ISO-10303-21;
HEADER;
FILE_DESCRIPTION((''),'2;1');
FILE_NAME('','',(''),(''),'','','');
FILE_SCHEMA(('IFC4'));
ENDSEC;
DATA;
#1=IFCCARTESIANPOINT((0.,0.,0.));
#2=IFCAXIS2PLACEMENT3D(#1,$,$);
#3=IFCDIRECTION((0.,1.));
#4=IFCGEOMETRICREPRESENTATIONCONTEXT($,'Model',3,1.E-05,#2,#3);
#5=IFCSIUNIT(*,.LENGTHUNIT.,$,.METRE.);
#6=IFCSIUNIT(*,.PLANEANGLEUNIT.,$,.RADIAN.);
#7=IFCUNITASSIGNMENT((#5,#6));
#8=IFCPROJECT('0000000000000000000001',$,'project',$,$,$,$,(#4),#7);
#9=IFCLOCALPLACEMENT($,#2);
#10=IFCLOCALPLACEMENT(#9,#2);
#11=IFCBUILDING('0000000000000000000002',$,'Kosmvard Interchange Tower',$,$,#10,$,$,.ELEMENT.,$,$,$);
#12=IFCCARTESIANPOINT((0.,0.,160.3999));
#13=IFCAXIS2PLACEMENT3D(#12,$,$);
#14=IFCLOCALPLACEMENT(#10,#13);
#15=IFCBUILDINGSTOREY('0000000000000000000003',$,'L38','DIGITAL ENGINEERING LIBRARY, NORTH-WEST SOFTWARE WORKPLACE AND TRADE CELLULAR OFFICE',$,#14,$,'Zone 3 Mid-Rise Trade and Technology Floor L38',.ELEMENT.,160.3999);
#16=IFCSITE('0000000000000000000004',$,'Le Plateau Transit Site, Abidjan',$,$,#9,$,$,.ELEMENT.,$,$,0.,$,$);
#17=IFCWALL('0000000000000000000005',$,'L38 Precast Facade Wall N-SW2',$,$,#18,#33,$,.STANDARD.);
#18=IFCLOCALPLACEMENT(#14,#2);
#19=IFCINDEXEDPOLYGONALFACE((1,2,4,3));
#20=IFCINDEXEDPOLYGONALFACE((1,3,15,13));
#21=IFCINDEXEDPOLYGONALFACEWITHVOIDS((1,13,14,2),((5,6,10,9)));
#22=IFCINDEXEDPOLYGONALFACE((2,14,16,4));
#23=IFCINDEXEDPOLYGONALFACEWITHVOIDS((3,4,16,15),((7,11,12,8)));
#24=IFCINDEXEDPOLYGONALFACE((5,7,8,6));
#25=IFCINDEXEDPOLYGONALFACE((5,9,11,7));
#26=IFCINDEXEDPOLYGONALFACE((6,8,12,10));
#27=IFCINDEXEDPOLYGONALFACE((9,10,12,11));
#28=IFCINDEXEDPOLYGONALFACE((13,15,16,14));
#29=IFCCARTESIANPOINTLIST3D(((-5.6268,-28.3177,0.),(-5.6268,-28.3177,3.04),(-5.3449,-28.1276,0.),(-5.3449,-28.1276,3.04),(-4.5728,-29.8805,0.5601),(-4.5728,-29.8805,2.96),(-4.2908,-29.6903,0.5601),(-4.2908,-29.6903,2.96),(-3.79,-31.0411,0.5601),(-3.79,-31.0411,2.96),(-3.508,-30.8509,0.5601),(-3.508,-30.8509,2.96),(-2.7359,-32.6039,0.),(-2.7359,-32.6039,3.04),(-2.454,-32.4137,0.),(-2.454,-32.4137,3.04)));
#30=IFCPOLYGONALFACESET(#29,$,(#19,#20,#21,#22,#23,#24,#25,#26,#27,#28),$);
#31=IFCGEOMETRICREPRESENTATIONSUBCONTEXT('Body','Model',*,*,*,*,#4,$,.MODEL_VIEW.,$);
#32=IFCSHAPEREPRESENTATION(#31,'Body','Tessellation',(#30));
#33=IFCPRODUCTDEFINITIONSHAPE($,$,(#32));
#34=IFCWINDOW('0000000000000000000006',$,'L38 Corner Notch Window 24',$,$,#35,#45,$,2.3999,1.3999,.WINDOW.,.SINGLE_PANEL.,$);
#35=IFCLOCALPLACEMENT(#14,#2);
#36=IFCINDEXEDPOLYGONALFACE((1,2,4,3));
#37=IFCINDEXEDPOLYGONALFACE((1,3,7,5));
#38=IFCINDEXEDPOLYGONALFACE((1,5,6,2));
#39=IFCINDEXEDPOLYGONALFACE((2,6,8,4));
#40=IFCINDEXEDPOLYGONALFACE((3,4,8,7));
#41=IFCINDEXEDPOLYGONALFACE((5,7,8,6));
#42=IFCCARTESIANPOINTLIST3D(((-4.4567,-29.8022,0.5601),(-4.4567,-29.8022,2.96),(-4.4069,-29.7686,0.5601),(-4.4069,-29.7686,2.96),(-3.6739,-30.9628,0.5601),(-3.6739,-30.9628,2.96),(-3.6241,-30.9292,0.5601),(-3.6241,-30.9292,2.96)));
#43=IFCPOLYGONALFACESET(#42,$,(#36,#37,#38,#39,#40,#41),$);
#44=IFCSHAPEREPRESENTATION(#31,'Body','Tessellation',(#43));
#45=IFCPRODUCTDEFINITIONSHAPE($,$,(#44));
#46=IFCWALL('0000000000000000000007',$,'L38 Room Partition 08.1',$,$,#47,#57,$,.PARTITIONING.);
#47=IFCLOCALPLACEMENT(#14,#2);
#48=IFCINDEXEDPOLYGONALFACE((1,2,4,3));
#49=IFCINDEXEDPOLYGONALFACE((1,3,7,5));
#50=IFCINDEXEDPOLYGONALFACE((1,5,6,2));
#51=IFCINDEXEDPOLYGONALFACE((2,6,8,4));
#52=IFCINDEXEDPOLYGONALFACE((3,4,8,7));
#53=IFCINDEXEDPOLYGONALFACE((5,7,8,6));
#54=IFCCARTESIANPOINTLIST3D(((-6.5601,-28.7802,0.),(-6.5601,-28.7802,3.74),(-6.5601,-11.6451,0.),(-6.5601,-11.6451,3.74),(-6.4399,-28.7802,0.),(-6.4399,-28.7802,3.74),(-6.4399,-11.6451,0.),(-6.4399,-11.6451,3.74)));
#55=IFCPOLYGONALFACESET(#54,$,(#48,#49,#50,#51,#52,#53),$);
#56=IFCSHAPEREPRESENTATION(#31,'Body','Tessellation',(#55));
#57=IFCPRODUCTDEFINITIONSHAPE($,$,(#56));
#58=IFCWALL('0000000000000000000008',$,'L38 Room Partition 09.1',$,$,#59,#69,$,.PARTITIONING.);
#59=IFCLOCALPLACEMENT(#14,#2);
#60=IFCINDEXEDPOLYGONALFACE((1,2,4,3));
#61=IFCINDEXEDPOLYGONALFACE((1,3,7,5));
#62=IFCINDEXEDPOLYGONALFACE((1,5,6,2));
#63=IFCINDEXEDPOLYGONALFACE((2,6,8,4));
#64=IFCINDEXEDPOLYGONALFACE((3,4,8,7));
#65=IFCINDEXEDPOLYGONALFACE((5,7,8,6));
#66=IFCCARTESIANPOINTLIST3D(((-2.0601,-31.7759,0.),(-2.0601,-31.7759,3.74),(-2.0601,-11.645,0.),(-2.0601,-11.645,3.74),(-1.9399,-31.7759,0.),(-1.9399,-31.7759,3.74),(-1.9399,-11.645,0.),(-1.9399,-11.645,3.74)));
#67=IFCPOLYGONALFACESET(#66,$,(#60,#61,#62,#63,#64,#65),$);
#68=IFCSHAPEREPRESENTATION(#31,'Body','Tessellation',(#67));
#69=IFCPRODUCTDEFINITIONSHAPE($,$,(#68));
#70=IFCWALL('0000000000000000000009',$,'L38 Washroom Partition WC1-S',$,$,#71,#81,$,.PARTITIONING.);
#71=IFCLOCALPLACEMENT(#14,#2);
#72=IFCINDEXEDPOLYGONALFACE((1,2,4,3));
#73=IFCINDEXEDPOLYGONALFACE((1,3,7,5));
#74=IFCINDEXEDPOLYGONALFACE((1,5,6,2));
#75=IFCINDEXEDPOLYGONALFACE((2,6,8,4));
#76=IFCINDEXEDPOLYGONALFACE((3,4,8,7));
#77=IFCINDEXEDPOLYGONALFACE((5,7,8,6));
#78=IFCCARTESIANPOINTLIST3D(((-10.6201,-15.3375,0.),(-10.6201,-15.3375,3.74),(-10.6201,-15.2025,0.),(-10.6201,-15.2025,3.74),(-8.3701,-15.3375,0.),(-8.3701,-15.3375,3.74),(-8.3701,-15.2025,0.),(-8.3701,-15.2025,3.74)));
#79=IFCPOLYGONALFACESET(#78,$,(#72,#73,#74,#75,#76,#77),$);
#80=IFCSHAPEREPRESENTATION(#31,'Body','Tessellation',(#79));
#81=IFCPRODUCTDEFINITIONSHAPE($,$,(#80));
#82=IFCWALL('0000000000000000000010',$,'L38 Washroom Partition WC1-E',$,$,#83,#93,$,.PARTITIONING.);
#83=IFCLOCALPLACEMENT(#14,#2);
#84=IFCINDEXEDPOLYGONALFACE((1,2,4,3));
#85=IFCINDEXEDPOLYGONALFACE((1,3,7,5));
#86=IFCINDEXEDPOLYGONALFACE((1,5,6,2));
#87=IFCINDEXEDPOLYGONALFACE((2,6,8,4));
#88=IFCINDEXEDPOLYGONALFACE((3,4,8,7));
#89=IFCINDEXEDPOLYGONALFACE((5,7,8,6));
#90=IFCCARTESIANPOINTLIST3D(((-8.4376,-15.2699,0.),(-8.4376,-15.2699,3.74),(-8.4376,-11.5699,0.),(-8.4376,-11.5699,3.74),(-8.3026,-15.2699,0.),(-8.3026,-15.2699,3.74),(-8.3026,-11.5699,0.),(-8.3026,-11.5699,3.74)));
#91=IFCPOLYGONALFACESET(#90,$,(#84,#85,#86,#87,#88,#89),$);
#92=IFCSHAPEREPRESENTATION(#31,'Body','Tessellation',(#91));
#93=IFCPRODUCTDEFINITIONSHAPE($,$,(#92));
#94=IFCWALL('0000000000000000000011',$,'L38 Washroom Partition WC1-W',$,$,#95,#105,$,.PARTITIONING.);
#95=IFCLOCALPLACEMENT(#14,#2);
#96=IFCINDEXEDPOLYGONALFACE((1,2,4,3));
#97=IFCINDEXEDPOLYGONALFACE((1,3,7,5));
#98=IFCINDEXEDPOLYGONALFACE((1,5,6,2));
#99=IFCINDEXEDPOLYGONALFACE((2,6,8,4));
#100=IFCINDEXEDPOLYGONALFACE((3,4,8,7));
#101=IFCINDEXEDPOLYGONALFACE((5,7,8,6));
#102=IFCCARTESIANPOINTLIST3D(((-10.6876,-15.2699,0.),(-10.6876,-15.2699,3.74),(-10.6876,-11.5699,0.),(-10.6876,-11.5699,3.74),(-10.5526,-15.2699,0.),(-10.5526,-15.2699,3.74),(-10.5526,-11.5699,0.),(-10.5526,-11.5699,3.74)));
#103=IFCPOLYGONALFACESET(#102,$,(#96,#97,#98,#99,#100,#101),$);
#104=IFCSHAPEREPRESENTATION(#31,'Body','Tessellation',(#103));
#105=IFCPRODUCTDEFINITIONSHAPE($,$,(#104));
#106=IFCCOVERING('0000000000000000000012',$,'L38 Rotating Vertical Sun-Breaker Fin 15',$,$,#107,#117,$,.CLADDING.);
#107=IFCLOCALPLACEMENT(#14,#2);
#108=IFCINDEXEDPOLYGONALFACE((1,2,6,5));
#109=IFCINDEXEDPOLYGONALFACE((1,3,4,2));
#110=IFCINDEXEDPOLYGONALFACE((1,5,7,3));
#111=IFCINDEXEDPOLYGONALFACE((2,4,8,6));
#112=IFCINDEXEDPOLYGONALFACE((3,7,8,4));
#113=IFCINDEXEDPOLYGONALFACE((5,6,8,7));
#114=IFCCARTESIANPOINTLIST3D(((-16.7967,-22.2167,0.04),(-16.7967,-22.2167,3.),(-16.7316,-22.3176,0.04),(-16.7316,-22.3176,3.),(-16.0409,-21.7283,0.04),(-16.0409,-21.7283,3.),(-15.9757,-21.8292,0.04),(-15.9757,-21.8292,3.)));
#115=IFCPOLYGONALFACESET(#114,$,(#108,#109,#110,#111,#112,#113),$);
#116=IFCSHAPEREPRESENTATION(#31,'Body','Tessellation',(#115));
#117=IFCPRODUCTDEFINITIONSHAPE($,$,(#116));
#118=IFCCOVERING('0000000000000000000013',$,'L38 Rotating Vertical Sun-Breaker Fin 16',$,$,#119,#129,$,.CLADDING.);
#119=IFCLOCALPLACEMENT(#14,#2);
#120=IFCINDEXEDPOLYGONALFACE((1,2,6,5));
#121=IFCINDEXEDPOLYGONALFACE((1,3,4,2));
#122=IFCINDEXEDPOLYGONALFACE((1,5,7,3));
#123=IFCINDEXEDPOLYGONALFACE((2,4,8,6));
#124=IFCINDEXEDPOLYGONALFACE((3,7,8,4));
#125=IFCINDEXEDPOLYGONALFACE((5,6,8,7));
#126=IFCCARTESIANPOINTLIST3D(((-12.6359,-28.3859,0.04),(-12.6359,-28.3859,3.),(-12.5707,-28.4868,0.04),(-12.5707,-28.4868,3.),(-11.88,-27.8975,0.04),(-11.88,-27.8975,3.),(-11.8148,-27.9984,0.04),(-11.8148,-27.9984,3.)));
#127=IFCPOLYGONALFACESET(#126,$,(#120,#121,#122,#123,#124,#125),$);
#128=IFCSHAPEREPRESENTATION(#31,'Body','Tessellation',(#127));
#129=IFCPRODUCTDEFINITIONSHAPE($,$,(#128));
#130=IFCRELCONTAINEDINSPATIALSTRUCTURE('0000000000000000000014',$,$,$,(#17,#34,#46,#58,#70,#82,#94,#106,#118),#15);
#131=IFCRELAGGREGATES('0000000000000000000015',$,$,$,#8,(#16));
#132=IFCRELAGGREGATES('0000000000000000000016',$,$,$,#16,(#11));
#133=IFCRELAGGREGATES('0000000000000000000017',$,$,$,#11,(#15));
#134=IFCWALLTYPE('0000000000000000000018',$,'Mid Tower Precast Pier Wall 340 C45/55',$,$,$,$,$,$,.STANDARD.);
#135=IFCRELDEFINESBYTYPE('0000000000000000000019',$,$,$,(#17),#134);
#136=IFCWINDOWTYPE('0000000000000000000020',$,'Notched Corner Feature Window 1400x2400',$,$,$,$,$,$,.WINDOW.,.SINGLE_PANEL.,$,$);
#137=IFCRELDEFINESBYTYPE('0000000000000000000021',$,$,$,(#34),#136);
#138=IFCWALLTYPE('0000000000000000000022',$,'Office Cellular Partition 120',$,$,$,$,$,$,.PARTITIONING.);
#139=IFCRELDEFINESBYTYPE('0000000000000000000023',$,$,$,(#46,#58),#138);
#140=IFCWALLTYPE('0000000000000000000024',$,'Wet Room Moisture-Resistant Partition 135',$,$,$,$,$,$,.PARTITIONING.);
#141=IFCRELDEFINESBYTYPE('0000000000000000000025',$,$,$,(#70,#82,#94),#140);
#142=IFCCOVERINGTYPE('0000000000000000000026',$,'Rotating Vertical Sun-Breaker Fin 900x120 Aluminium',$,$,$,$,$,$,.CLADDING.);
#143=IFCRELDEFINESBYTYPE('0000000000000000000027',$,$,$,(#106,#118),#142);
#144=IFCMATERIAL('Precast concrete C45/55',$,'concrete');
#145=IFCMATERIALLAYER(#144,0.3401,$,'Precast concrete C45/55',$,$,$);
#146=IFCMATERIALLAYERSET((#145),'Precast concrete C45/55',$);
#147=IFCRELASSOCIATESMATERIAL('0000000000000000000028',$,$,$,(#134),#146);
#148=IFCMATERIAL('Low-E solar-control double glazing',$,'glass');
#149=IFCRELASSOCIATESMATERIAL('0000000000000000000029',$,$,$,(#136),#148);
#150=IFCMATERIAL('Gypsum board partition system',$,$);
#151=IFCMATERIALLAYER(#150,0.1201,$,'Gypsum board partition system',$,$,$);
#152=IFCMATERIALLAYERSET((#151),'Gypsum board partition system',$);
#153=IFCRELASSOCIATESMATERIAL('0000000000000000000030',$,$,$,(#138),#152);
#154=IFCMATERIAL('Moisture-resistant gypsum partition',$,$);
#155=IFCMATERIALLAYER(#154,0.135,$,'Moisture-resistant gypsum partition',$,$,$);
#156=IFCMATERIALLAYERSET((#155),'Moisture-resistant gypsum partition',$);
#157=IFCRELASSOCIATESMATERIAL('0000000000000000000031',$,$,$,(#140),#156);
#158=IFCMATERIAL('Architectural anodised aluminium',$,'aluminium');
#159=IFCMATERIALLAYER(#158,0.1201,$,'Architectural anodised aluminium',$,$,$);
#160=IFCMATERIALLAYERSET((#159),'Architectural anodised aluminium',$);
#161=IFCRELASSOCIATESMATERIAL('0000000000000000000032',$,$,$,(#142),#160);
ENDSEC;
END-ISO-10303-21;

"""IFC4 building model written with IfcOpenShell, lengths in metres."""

from ifc_helpers import new_model, si_unit, direction, frame, frame_2d, origin, origin_2d, place, context, subcontext, project, spatial, rectangle, extrude, source, transform, mapped, material, layer, layer_set, type_object, element, fill, save


model = new_model("IFC4")

# Units and contexts
model_context = context("Model", 3, precision=1e-05, world=origin(), true_north=direction((0.0, 1.0)))
body_context = subcontext(model_context, "Body", "Model", "MODEL_VIEW")
ifc_project = project(units=[si_unit("LENGTHUNIT", "METRE"), si_unit("PLANEANGLEUNIT", "RADIAN")], contexts=[model_context])

# Site, building, storey
site_placement = place(None, origin())
site = spatial("IfcSite", under=ifc_project, at=site_placement, Name="Le Plateau Transit Site, Abidjan", CompositionType="ELEMENT", RefElevation=0.0)
building_placement = place(site_placement, origin())
building = spatial("IfcBuilding", under=site, at=building_placement, Name="Kosmvard Interchange Tower", CompositionType="ELEMENT")
storey_placement = place(building_placement, frame((0.0, 0.0, 160.3999)))
storey = spatial("IfcBuildingStorey", under=building, at=storey_placement, Name="L38", Description="DIGITAL ENGINEERING LIBRARY, NORTH-WEST SOFTWARE WORKPLACE AND TRADE CELLULAR OFFICE", LongName="Zone 3 Mid-Rise Trade and Technology Floor L38", CompositionType="ELEMENT", Elevation=160.3999)

# Shared definitions
ifc_material_1 = material(Name="Precast concrete C45/55", Category="concrete")

# Shared definitions
ifc_layer_1 = layer(ifc_material_1, 0.3401, Name="Precast concrete C45/55")
ifc_layer_set_1 = layer_set([ifc_layer_1], Name="Precast concrete C45/55")
wall_type_1 = type_object("IfcWallType", Name="Mid Tower Precast Pier Wall 340 C45/55", PredefinedType="STANDARD", material=ifc_layer_set_1)
ifc_material_2 = material(Name="Low-E solar-control double glazing", Category="glass")
window_type_1 = type_object("IfcWindowType", Name="Notched Corner Feature Window 1400x2400", PartitioningType="SINGLE_PANEL", PredefinedType="WINDOW", material=ifc_material_2)
shared_shape_1 = source(origin(), body_context, "Body", "SweptSolid", [
    extrude(rectangle(XDim=1.3999, YDim=2.3999, at=frame_2d((0.7, 1.2))), frame((0.0, 0.03, 0.0), z_axis=(0.0, -1.0, 0.0), x_axis=(1.0, 0.0, 0.0)), (0.0, 0.0, 1.0), 0.0601),
])

# Wall, opening, window
wall_1_placement = place(storey_placement, frame((-5.4858, -28.2227, 0.0), z_axis=(0.0, 0.0, 1.0), x_axis=(0.559171, -0.829052, 0.0)))
wall_1 = element("IfcWall", 1, at=wall_1_placement, inside=storey, type_object=wall_type_1, Name="L38 Precast Facade Wall N-SW2", PredefinedType="STANDARD", context=body_context, shape_type="SweptSolid", body=[
    extrude(rectangle(XDim=5.1699, YDim=0.3401, at=frame_2d((2.585, 0.0))), origin(), (0.0, 0.0, 1.0), 3.04),
])
opening_1_placement = place(wall_1_placement, frame((1.885, 0.0, 0.5601)))
opening_1 = element("IfcOpeningElement", 2, at=opening_1_placement, cuts=wall_1, PredefinedType="OPENING", context=body_context, shape_type="SweptSolid", body=[
    extrude(rectangle(XDim=1.3999, YDim=2.3999, at=frame_2d((0.7, 1.2))), frame((0.0, 0.1802, 0.0), z_axis=(0.0, -1.0, 0.0), x_axis=(1.0, 0.0, 0.0)), (0.0, 0.0, 1.0), 0.3601),
])
window_1_placement = place(opening_1_placement, origin())
window_1 = element("IfcWindow", 3, at=window_1_placement, inside=storey, type_object=window_type_1, Name="L38 Corner Notch Window 24", OverallHeight=2.3999, OverallWidth=1.3999, PartitioningType="SINGLE_PANEL", PredefinedType="WINDOW", context=body_context, shape_type="MappedRepresentation", body=[
    mapped(shared_shape_1, transform((0.0, 0.0, 0.0), scale=1.0)),
])
fill(opening_1, window_1)

# Walls
ifc_material_3 = material(Name="Gypsum board partition system")
ifc_layer_2 = layer(ifc_material_3, 0.1201, Name="Gypsum board partition system")
ifc_layer_set_2 = layer_set([ifc_layer_2], Name="Gypsum board partition system")
wall_type_2 = type_object("IfcWallType", Name="Office Cellular Partition 120", PredefinedType="PARTITIONING", material=ifc_layer_set_2)
wall_2_placement = place(storey_placement, frame((-6.5, -28.78, 0.0), z_axis=(0.0, 0.0, 1.0), x_axis=(0.0, 1.0, 0.0)))
element("IfcWall", 4, at=wall_2_placement, inside=storey, type_object=wall_type_2, Name="L38 Room Partition 08.1", PredefinedType="PARTITIONING", context=body_context, shape_type="SweptSolid", body=[
    extrude(rectangle(XDim=17.135, YDim=0.1201, at=frame_2d((8.5674, 0.0))), origin(), (0.0, 0.0, 1.0), 3.74),
])
wall_3_placement = place(storey_placement, frame((-2.0, -31.7759, 0.0), z_axis=(0.0, 0.0, 1.0), x_axis=(0.0, 1.0, 0.0)))
element("IfcWall", 5, at=wall_3_placement, inside=storey, type_object=wall_type_2, Name="L38 Room Partition 09.1", PredefinedType="PARTITIONING", context=body_context, shape_type="SweptSolid", body=[
    extrude(rectangle(XDim=20.1309, YDim=0.1201, at=frame_2d((10.0654, 0.0))), origin(), (0.0, 0.0, 1.0), 3.74),
])
ifc_material_4 = material(Name="Moisture-resistant gypsum partition")
ifc_layer_3 = layer(ifc_material_4, 0.135, Name="Moisture-resistant gypsum partition")
ifc_layer_set_3 = layer_set([ifc_layer_3], Name="Moisture-resistant gypsum partition")
wall_type_3 = type_object("IfcWallType", Name="Wet Room Moisture-Resistant Partition 135", PredefinedType="PARTITIONING", material=ifc_layer_set_3)
wall_4_placement = place(storey_placement, frame((-10.6201, -15.27, 0.0), z_axis=(0.0, 0.0, 1.0), x_axis=(1.0, 0.0, 0.0)))
element("IfcWall", 6, at=wall_4_placement, inside=storey, type_object=wall_type_3, Name="L38 Washroom Partition WC1-S", PredefinedType="PARTITIONING", context=body_context, shape_type="SweptSolid", body=[
    extrude(rectangle(XDim=2.25, YDim=0.135, at=frame_2d((1.125, 0.0))), origin(), (0.0, 0.0, 1.0), 3.74),
])
for number, where, z_axis, x_axis, name in (
    (7, (-8.3701, -15.27, 0.0), (0.0, 0.0, 1.0), (0.0, 1.0, 0.0), "L38 Washroom Partition WC1-E"),
    (8, (-10.6201, -15.27, 0.0), (0.0, 0.0, 1.0), (0.0, 1.0, 0.0), "L38 Washroom Partition WC1-W"),
):
    element("IfcWall", number, at=place(storey_placement, frame(where, z_axis=z_axis, x_axis=x_axis)), inside=storey, type_object=wall_type_3, Name=name, PredefinedType="PARTITIONING", context=body_context, shape_type="SweptSolid", body=[
        extrude(rectangle(XDim=3.7, YDim=0.135, at=frame_2d((1.8501, 0.0))), origin(), (0.0, 0.0, 1.0), 3.74),
    ])

# Coverings
ifc_material_5 = material(Name="Architectural anodised aluminium", Category="aluminium")
ifc_layer_4 = layer(ifc_material_5, 0.1201, Name="Architectural anodised aluminium")
ifc_layer_set_4 = layer_set([ifc_layer_4], Name="Architectural anodised aluminium")
covering_type = type_object("IfcCoveringType", Name="Rotating Vertical Sun-Breaker Fin 900x120 Aluminium", PredefinedType="CLADDING", material=ifc_layer_set_4)
shared_shape_2 = source(origin(), body_context, "Body", "SweptSolid", [
    extrude(rectangle(XDim=0.8999, YDim=0.1201, at=origin_2d()), origin(), (0.0, 0.0, 1.0), 2.96),
])
for number, where, z_axis, x_axis, name in (
    (9, (-16.3862, -22.0229, 0.04), (0.0, 0.0, 1.0), (-0.839904, -0.542735, 0.0), "L38 Rotating Vertical Sun-Breaker Fin 15"),
    (10, (-12.2253, -28.1921, 0.04), (0.0, 0.0, 1.0), (-0.839904, -0.542735, 0.0), "L38 Rotating Vertical Sun-Breaker Fin 16"),
):
    element("IfcCovering", number, at=place(storey_placement, frame(where, z_axis=z_axis, x_axis=x_axis)), inside=storey, type_object=covering_type, Name=name, PredefinedType="CLADDING", context=body_context, shape_type="MappedRepresentation", body=[
        mapped(shared_shape_2, transform((0.0, 0.0, 0.0), scale=1.0)),
    ])

save(model, "model.ifc")
